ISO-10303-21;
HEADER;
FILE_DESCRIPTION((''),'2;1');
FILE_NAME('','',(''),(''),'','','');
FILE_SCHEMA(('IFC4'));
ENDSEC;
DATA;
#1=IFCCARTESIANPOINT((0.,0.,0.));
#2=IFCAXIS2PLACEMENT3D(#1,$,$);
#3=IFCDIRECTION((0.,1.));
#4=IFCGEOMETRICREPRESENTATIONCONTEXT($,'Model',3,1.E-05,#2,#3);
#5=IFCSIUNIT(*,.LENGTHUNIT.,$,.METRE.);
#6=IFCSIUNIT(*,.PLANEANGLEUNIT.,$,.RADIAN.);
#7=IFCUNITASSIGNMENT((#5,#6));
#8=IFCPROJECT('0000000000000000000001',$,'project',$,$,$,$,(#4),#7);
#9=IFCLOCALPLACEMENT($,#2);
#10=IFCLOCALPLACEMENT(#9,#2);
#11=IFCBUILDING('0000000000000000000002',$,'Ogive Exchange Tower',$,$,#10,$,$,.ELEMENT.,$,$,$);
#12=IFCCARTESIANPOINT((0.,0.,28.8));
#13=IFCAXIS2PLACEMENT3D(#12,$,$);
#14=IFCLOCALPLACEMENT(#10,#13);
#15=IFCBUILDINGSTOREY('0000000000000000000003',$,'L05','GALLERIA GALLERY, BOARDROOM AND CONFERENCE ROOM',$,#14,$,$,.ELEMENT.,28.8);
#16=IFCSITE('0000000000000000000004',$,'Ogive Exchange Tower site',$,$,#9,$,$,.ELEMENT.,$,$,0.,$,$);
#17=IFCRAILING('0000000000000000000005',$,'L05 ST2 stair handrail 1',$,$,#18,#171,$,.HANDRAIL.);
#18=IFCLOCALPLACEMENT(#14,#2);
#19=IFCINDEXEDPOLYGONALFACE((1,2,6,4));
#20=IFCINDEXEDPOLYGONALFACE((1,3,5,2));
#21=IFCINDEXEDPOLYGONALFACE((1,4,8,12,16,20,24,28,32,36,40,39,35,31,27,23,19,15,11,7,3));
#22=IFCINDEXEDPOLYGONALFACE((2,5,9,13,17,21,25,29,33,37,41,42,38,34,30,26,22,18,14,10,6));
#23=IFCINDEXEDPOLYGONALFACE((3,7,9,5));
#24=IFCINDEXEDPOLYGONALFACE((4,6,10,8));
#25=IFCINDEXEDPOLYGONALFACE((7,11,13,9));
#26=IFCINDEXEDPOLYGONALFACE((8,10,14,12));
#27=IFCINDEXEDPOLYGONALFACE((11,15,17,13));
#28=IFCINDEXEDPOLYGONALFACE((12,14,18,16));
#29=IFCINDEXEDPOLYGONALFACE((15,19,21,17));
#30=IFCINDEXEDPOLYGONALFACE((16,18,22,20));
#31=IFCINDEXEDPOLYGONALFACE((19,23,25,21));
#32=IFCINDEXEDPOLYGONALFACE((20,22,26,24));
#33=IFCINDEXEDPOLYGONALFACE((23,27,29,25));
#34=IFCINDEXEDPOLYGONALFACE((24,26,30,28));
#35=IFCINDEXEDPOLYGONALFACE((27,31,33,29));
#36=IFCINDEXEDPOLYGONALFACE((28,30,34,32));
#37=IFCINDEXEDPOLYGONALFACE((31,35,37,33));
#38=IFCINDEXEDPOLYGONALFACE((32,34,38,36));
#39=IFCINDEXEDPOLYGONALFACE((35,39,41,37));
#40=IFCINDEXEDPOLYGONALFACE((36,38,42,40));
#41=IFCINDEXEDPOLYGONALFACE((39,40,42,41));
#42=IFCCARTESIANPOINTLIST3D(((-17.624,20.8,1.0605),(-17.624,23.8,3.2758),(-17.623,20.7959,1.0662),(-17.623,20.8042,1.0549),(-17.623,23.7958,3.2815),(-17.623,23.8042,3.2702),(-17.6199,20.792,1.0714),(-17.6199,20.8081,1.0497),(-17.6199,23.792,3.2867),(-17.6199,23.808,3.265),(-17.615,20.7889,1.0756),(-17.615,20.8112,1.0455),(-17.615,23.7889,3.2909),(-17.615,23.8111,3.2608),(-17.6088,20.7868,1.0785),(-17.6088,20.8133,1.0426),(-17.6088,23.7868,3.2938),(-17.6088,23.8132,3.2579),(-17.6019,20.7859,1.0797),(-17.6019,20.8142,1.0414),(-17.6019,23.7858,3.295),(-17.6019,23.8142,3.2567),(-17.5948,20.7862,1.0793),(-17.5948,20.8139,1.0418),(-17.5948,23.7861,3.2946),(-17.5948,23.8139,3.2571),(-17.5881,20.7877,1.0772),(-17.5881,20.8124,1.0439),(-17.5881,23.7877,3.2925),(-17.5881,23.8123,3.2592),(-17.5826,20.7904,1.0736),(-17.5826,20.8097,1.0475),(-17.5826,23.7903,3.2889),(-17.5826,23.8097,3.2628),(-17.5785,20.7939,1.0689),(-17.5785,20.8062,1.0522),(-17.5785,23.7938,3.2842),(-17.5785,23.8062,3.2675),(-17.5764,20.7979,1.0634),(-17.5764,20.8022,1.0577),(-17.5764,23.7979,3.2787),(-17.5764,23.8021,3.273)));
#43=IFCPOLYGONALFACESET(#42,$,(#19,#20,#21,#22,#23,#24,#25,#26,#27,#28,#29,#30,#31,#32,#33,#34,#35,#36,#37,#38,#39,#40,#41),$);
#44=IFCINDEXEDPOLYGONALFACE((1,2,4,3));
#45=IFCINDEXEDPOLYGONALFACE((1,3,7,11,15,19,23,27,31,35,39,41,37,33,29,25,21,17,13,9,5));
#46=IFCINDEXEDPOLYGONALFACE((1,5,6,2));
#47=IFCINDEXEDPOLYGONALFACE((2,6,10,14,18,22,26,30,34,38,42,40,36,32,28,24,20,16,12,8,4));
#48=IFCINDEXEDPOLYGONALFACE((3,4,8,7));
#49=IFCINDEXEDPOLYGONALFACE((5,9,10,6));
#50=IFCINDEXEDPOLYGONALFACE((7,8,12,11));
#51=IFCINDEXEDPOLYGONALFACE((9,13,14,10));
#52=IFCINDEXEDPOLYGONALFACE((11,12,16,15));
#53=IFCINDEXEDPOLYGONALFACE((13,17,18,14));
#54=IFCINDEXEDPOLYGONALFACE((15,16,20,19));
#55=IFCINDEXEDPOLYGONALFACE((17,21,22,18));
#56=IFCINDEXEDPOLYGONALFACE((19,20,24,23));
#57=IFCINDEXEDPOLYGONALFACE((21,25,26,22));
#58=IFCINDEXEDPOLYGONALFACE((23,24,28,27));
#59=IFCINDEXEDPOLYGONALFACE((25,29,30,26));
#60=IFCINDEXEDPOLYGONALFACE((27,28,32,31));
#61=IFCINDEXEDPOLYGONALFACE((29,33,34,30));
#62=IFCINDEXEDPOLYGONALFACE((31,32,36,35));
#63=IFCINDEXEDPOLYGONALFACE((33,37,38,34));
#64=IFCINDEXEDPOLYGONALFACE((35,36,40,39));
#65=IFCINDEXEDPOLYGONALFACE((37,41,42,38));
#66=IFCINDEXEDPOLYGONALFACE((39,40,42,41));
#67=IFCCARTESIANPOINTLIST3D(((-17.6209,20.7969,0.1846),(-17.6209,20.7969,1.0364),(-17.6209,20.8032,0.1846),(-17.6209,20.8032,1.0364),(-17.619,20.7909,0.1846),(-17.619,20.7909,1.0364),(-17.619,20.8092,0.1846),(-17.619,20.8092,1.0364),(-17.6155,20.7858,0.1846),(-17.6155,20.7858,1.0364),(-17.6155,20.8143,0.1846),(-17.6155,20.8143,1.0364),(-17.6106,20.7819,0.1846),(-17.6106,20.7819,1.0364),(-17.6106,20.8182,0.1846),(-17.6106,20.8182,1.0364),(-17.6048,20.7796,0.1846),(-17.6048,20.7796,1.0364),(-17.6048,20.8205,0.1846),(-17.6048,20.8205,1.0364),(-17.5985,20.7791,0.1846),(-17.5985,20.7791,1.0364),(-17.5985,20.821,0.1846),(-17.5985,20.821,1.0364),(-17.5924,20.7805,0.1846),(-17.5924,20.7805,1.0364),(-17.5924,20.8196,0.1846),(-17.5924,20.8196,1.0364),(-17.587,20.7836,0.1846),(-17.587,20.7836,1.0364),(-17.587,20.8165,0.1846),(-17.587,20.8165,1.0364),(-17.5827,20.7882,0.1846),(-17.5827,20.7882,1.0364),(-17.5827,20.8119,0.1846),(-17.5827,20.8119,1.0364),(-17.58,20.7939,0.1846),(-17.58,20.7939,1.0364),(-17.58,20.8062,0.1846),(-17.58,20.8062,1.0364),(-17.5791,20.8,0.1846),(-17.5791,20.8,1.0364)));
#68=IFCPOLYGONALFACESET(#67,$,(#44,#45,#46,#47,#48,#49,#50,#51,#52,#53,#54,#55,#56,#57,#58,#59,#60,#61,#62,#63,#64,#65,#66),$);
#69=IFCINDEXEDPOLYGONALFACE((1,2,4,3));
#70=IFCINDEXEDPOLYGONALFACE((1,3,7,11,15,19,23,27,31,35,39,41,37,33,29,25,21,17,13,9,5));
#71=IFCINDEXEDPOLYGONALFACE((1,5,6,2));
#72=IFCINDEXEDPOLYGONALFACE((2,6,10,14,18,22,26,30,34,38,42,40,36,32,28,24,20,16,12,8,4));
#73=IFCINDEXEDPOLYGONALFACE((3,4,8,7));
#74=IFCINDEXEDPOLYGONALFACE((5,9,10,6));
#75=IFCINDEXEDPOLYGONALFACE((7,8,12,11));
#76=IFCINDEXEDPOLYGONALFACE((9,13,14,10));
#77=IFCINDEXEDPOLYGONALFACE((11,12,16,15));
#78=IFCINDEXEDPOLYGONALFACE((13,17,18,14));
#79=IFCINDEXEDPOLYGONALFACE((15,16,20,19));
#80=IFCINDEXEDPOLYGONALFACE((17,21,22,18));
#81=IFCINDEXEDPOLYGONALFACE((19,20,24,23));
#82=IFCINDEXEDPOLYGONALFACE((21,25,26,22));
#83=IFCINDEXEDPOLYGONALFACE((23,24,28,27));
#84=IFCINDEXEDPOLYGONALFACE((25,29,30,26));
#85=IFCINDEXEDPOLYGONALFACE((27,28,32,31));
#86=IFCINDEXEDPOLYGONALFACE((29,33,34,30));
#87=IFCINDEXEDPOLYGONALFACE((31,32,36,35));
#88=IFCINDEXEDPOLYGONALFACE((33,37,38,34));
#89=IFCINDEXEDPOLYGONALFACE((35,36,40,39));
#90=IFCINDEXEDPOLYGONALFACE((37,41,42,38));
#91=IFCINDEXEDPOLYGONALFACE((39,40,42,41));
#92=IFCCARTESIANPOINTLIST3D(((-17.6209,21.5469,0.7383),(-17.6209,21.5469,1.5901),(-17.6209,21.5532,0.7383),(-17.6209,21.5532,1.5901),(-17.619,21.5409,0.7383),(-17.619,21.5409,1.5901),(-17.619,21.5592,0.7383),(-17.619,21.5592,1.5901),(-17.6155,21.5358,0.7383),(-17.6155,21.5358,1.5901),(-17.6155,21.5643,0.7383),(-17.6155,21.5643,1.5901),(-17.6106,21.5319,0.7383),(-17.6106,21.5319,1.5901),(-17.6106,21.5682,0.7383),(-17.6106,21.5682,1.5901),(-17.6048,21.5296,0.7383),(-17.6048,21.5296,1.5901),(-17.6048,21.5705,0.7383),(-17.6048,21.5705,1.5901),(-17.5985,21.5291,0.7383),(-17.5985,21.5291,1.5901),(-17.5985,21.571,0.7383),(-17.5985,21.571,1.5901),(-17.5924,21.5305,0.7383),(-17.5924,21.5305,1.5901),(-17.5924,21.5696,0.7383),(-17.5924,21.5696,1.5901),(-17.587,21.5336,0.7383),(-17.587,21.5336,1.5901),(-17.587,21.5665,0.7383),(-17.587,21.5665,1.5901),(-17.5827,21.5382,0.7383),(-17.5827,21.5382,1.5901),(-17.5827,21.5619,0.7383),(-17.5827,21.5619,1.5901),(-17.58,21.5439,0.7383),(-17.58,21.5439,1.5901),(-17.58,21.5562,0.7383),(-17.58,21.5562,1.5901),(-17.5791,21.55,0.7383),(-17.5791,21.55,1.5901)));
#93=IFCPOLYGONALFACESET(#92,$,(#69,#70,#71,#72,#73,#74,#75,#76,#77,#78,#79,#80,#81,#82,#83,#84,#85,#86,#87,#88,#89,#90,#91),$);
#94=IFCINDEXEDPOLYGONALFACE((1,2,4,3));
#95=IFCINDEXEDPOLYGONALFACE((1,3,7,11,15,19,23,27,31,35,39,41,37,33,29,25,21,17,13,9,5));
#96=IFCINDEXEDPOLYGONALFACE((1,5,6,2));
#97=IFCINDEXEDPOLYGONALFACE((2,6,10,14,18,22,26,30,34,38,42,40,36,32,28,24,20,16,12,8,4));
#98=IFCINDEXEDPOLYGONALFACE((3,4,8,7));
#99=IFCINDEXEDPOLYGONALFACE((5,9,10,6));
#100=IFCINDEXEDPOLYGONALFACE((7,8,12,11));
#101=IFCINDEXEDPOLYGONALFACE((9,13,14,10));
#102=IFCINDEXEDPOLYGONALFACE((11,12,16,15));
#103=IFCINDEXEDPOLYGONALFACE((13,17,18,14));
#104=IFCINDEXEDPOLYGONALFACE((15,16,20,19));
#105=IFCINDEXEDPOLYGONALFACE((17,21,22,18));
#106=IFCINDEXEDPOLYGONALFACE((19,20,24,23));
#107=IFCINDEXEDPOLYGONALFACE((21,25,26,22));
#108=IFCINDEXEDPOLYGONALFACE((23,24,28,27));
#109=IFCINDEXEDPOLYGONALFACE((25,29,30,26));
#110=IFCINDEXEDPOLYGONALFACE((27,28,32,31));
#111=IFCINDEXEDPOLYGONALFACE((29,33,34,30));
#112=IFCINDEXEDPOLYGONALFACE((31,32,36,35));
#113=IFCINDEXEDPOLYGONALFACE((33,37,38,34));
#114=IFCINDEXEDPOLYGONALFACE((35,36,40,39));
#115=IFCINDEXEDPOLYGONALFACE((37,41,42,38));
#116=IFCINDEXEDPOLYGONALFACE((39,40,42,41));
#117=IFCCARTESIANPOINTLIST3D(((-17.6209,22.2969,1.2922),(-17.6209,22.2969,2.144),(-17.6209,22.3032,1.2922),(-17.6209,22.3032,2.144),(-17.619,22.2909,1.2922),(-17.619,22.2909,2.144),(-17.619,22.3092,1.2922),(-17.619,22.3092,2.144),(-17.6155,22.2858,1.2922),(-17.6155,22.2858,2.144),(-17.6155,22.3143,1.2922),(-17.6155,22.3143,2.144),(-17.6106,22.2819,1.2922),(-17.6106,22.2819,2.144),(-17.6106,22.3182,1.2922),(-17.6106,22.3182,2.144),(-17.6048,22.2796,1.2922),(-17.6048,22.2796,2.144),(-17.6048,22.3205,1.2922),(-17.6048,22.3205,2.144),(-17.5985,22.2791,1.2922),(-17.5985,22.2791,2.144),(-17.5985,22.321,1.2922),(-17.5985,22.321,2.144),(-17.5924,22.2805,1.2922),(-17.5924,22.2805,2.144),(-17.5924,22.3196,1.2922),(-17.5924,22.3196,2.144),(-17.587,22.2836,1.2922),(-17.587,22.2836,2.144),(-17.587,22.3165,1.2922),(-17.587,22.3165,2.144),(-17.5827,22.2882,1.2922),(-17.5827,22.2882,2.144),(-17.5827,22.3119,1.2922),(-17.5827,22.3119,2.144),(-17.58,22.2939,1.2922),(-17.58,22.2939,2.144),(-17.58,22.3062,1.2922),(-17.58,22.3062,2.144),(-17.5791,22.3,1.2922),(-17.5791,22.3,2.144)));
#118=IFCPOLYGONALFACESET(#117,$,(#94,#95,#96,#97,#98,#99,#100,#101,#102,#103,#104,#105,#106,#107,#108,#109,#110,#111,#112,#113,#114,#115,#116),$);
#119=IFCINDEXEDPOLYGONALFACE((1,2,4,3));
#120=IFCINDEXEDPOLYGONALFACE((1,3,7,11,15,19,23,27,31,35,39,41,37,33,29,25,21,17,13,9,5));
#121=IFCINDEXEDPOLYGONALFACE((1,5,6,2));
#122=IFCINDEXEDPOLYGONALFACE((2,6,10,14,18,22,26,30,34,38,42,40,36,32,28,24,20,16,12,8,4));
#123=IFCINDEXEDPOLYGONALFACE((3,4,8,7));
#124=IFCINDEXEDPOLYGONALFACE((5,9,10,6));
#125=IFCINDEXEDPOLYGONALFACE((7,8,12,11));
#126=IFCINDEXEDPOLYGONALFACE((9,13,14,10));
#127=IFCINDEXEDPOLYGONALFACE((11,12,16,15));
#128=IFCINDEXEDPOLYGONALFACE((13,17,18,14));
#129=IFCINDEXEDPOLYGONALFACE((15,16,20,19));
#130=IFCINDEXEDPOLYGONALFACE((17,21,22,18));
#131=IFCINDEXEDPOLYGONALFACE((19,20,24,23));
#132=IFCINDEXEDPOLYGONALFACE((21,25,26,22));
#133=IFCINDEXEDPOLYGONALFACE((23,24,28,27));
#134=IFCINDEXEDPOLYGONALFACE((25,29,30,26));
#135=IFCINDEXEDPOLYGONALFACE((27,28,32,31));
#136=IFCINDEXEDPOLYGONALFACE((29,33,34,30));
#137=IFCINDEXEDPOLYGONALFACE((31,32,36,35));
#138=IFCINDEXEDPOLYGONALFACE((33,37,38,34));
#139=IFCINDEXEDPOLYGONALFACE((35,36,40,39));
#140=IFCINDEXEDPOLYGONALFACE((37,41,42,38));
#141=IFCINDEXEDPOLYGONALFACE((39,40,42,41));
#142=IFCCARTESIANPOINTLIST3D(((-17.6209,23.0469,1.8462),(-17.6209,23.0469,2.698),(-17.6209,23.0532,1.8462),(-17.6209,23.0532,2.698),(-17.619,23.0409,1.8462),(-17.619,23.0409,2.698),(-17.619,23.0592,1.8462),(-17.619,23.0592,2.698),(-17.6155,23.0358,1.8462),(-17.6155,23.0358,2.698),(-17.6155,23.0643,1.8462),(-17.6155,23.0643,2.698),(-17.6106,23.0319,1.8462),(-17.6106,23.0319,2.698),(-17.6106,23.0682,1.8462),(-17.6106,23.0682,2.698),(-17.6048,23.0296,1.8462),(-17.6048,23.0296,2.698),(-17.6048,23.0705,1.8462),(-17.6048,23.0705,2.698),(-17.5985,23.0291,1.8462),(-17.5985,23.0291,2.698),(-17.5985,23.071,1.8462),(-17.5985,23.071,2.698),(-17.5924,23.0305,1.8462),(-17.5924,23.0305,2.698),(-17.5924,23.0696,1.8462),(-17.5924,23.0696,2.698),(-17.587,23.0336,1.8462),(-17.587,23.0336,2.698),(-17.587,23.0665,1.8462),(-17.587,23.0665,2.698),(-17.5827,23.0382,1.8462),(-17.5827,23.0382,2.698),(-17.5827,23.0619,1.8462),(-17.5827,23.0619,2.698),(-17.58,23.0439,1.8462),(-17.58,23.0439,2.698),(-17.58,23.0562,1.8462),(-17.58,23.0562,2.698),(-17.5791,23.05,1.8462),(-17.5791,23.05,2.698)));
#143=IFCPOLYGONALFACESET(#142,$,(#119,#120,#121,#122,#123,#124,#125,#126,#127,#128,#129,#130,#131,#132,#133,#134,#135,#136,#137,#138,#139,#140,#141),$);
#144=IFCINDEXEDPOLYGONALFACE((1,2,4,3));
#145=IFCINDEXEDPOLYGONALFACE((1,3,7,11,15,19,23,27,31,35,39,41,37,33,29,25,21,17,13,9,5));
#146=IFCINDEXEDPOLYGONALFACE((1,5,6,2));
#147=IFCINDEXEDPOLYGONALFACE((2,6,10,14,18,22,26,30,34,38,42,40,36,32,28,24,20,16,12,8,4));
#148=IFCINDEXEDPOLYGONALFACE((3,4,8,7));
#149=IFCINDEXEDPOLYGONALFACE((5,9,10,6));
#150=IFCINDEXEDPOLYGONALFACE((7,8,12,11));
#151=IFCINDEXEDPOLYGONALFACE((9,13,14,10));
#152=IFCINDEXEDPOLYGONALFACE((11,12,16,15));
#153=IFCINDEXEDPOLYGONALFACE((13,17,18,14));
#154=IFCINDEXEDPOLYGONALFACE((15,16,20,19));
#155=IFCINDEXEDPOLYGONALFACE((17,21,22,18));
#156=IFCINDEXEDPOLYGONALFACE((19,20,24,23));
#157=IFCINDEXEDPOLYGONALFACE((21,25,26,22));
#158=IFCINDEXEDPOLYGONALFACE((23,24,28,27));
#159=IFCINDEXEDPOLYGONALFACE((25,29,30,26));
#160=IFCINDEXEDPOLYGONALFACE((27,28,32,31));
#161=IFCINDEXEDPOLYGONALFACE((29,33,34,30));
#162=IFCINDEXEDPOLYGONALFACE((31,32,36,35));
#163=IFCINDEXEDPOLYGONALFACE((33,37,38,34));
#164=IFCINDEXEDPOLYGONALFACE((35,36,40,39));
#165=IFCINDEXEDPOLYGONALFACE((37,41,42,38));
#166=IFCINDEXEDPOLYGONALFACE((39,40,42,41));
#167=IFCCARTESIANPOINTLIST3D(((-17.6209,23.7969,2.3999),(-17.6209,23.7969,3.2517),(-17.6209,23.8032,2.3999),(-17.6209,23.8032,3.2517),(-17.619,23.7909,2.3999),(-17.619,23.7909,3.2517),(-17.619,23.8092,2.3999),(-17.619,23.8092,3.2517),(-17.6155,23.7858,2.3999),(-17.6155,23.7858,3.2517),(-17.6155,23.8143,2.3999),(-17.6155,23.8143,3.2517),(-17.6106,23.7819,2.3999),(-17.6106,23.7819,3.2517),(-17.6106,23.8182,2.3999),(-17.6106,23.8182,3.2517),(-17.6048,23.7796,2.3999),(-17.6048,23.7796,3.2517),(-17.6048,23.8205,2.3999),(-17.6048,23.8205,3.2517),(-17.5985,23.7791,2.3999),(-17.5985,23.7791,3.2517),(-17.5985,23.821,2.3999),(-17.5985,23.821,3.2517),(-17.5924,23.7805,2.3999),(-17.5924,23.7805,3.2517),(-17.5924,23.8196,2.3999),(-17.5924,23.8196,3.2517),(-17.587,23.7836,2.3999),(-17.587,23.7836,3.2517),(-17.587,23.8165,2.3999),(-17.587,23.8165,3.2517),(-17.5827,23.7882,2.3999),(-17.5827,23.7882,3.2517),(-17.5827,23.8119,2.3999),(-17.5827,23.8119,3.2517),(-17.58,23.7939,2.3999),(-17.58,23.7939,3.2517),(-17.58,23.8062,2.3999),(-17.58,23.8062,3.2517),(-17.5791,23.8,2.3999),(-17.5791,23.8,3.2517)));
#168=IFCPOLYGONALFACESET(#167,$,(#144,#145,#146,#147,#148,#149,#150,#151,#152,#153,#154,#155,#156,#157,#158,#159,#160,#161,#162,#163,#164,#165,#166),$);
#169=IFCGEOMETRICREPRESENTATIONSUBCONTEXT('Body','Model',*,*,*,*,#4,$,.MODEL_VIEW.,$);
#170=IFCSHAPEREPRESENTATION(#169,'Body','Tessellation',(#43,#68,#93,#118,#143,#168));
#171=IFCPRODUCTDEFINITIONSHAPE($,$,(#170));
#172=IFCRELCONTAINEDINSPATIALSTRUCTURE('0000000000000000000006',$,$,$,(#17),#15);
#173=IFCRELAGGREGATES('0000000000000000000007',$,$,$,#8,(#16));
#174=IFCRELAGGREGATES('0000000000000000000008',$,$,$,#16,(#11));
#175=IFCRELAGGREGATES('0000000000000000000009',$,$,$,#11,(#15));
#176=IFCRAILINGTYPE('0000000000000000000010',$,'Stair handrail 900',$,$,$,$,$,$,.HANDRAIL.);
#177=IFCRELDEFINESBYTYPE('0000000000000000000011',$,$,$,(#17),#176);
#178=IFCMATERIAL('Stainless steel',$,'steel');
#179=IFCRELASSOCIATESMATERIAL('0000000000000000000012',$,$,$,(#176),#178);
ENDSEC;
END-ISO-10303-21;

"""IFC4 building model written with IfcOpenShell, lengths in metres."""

from ifc_helpers import new_model, si_unit, direction, frame, origin, origin_2d, place, context, subcontext, project, spatial, circle, extrude, material, type_object, element, save


model = new_model("IFC4")

# Units and contexts
model_context = context("Model", 3, precision=1e-05, world=origin(), true_north=direction((0.0, 1.0)))
body_context = subcontext(model_context, "Body", "Model", "MODEL_VIEW")
ifc_project = project(units=[si_unit("LENGTHUNIT", "METRE"), si_unit("PLANEANGLEUNIT", "RADIAN")], contexts=[model_context])

# Site, building, storey
site_placement = place(None, origin())
site = spatial("IfcSite", under=ifc_project, at=site_placement, Name="Ogive Exchange Tower site", CompositionType="ELEMENT", RefElevation=0.0)
building_placement = place(site_placement, origin())
building = spatial("IfcBuilding", under=site, at=building_placement, Name="Ogive Exchange Tower", CompositionType="ELEMENT")
storey_placement = place(building_placement, frame((0.0, 0.0, 28.8)))
storey = spatial("IfcBuildingStorey", under=building, at=storey_placement, Name="L05", Description="GALLERIA GALLERY, BOARDROOM AND CONFERENCE ROOM", CompositionType="ELEMENT", Elevation=28.8)

# Railing
ifc_material_1 = material(Name="Stainless steel", Category="steel")
railing_type = type_object("IfcRailingType", Name="Stair handrail 900", PredefinedType="HANDRAIL", material=ifc_material_1)
railing_placement = place(storey_placement, frame((-17.6001, 20.8, 0.1846)))
element("IfcRailing", 1, at=railing_placement, inside=storey, type_object=railing_type, Name="L05 ST2 stair handrail 1", PredefinedType="HANDRAIL", context=body_context, shape_type="SweptSolid", body=[
    extrude(circle(Radius=0.0239, at=origin_2d()), frame((0.0, 0.0, 0.876), z_axis=(0.0, 0.80444, 0.594034), x_axis=(-1.0, 0.0, 0.0)), (0.0, 0.0, 1.0), 3.7292),
    extrude(circle(Radius=0.021, at=origin_2d()), origin(), (0.0, 0.0, 1.0), 0.8518),
    extrude(circle(Radius=0.021, at=origin_2d()), frame((0.0, 0.75, 0.5537)), (0.0, 0.0, 1.0), 0.8518),
    extrude(circle(Radius=0.021, at=origin_2d()), frame((0.0, 1.5, 1.1077)), (0.0, 0.0, 1.0), 0.8518),
    extrude(circle(Radius=0.021, at=origin_2d()), frame((0.0, 2.25, 1.6616)), (0.0, 0.0, 1.0), 0.8518),
    extrude(circle(Radius=0.021, at=origin_2d()), frame((0.0, 3.0, 2.2153)), (0.0, 0.0, 1.0), 0.8518),
])

save(model, "model.ifc")
